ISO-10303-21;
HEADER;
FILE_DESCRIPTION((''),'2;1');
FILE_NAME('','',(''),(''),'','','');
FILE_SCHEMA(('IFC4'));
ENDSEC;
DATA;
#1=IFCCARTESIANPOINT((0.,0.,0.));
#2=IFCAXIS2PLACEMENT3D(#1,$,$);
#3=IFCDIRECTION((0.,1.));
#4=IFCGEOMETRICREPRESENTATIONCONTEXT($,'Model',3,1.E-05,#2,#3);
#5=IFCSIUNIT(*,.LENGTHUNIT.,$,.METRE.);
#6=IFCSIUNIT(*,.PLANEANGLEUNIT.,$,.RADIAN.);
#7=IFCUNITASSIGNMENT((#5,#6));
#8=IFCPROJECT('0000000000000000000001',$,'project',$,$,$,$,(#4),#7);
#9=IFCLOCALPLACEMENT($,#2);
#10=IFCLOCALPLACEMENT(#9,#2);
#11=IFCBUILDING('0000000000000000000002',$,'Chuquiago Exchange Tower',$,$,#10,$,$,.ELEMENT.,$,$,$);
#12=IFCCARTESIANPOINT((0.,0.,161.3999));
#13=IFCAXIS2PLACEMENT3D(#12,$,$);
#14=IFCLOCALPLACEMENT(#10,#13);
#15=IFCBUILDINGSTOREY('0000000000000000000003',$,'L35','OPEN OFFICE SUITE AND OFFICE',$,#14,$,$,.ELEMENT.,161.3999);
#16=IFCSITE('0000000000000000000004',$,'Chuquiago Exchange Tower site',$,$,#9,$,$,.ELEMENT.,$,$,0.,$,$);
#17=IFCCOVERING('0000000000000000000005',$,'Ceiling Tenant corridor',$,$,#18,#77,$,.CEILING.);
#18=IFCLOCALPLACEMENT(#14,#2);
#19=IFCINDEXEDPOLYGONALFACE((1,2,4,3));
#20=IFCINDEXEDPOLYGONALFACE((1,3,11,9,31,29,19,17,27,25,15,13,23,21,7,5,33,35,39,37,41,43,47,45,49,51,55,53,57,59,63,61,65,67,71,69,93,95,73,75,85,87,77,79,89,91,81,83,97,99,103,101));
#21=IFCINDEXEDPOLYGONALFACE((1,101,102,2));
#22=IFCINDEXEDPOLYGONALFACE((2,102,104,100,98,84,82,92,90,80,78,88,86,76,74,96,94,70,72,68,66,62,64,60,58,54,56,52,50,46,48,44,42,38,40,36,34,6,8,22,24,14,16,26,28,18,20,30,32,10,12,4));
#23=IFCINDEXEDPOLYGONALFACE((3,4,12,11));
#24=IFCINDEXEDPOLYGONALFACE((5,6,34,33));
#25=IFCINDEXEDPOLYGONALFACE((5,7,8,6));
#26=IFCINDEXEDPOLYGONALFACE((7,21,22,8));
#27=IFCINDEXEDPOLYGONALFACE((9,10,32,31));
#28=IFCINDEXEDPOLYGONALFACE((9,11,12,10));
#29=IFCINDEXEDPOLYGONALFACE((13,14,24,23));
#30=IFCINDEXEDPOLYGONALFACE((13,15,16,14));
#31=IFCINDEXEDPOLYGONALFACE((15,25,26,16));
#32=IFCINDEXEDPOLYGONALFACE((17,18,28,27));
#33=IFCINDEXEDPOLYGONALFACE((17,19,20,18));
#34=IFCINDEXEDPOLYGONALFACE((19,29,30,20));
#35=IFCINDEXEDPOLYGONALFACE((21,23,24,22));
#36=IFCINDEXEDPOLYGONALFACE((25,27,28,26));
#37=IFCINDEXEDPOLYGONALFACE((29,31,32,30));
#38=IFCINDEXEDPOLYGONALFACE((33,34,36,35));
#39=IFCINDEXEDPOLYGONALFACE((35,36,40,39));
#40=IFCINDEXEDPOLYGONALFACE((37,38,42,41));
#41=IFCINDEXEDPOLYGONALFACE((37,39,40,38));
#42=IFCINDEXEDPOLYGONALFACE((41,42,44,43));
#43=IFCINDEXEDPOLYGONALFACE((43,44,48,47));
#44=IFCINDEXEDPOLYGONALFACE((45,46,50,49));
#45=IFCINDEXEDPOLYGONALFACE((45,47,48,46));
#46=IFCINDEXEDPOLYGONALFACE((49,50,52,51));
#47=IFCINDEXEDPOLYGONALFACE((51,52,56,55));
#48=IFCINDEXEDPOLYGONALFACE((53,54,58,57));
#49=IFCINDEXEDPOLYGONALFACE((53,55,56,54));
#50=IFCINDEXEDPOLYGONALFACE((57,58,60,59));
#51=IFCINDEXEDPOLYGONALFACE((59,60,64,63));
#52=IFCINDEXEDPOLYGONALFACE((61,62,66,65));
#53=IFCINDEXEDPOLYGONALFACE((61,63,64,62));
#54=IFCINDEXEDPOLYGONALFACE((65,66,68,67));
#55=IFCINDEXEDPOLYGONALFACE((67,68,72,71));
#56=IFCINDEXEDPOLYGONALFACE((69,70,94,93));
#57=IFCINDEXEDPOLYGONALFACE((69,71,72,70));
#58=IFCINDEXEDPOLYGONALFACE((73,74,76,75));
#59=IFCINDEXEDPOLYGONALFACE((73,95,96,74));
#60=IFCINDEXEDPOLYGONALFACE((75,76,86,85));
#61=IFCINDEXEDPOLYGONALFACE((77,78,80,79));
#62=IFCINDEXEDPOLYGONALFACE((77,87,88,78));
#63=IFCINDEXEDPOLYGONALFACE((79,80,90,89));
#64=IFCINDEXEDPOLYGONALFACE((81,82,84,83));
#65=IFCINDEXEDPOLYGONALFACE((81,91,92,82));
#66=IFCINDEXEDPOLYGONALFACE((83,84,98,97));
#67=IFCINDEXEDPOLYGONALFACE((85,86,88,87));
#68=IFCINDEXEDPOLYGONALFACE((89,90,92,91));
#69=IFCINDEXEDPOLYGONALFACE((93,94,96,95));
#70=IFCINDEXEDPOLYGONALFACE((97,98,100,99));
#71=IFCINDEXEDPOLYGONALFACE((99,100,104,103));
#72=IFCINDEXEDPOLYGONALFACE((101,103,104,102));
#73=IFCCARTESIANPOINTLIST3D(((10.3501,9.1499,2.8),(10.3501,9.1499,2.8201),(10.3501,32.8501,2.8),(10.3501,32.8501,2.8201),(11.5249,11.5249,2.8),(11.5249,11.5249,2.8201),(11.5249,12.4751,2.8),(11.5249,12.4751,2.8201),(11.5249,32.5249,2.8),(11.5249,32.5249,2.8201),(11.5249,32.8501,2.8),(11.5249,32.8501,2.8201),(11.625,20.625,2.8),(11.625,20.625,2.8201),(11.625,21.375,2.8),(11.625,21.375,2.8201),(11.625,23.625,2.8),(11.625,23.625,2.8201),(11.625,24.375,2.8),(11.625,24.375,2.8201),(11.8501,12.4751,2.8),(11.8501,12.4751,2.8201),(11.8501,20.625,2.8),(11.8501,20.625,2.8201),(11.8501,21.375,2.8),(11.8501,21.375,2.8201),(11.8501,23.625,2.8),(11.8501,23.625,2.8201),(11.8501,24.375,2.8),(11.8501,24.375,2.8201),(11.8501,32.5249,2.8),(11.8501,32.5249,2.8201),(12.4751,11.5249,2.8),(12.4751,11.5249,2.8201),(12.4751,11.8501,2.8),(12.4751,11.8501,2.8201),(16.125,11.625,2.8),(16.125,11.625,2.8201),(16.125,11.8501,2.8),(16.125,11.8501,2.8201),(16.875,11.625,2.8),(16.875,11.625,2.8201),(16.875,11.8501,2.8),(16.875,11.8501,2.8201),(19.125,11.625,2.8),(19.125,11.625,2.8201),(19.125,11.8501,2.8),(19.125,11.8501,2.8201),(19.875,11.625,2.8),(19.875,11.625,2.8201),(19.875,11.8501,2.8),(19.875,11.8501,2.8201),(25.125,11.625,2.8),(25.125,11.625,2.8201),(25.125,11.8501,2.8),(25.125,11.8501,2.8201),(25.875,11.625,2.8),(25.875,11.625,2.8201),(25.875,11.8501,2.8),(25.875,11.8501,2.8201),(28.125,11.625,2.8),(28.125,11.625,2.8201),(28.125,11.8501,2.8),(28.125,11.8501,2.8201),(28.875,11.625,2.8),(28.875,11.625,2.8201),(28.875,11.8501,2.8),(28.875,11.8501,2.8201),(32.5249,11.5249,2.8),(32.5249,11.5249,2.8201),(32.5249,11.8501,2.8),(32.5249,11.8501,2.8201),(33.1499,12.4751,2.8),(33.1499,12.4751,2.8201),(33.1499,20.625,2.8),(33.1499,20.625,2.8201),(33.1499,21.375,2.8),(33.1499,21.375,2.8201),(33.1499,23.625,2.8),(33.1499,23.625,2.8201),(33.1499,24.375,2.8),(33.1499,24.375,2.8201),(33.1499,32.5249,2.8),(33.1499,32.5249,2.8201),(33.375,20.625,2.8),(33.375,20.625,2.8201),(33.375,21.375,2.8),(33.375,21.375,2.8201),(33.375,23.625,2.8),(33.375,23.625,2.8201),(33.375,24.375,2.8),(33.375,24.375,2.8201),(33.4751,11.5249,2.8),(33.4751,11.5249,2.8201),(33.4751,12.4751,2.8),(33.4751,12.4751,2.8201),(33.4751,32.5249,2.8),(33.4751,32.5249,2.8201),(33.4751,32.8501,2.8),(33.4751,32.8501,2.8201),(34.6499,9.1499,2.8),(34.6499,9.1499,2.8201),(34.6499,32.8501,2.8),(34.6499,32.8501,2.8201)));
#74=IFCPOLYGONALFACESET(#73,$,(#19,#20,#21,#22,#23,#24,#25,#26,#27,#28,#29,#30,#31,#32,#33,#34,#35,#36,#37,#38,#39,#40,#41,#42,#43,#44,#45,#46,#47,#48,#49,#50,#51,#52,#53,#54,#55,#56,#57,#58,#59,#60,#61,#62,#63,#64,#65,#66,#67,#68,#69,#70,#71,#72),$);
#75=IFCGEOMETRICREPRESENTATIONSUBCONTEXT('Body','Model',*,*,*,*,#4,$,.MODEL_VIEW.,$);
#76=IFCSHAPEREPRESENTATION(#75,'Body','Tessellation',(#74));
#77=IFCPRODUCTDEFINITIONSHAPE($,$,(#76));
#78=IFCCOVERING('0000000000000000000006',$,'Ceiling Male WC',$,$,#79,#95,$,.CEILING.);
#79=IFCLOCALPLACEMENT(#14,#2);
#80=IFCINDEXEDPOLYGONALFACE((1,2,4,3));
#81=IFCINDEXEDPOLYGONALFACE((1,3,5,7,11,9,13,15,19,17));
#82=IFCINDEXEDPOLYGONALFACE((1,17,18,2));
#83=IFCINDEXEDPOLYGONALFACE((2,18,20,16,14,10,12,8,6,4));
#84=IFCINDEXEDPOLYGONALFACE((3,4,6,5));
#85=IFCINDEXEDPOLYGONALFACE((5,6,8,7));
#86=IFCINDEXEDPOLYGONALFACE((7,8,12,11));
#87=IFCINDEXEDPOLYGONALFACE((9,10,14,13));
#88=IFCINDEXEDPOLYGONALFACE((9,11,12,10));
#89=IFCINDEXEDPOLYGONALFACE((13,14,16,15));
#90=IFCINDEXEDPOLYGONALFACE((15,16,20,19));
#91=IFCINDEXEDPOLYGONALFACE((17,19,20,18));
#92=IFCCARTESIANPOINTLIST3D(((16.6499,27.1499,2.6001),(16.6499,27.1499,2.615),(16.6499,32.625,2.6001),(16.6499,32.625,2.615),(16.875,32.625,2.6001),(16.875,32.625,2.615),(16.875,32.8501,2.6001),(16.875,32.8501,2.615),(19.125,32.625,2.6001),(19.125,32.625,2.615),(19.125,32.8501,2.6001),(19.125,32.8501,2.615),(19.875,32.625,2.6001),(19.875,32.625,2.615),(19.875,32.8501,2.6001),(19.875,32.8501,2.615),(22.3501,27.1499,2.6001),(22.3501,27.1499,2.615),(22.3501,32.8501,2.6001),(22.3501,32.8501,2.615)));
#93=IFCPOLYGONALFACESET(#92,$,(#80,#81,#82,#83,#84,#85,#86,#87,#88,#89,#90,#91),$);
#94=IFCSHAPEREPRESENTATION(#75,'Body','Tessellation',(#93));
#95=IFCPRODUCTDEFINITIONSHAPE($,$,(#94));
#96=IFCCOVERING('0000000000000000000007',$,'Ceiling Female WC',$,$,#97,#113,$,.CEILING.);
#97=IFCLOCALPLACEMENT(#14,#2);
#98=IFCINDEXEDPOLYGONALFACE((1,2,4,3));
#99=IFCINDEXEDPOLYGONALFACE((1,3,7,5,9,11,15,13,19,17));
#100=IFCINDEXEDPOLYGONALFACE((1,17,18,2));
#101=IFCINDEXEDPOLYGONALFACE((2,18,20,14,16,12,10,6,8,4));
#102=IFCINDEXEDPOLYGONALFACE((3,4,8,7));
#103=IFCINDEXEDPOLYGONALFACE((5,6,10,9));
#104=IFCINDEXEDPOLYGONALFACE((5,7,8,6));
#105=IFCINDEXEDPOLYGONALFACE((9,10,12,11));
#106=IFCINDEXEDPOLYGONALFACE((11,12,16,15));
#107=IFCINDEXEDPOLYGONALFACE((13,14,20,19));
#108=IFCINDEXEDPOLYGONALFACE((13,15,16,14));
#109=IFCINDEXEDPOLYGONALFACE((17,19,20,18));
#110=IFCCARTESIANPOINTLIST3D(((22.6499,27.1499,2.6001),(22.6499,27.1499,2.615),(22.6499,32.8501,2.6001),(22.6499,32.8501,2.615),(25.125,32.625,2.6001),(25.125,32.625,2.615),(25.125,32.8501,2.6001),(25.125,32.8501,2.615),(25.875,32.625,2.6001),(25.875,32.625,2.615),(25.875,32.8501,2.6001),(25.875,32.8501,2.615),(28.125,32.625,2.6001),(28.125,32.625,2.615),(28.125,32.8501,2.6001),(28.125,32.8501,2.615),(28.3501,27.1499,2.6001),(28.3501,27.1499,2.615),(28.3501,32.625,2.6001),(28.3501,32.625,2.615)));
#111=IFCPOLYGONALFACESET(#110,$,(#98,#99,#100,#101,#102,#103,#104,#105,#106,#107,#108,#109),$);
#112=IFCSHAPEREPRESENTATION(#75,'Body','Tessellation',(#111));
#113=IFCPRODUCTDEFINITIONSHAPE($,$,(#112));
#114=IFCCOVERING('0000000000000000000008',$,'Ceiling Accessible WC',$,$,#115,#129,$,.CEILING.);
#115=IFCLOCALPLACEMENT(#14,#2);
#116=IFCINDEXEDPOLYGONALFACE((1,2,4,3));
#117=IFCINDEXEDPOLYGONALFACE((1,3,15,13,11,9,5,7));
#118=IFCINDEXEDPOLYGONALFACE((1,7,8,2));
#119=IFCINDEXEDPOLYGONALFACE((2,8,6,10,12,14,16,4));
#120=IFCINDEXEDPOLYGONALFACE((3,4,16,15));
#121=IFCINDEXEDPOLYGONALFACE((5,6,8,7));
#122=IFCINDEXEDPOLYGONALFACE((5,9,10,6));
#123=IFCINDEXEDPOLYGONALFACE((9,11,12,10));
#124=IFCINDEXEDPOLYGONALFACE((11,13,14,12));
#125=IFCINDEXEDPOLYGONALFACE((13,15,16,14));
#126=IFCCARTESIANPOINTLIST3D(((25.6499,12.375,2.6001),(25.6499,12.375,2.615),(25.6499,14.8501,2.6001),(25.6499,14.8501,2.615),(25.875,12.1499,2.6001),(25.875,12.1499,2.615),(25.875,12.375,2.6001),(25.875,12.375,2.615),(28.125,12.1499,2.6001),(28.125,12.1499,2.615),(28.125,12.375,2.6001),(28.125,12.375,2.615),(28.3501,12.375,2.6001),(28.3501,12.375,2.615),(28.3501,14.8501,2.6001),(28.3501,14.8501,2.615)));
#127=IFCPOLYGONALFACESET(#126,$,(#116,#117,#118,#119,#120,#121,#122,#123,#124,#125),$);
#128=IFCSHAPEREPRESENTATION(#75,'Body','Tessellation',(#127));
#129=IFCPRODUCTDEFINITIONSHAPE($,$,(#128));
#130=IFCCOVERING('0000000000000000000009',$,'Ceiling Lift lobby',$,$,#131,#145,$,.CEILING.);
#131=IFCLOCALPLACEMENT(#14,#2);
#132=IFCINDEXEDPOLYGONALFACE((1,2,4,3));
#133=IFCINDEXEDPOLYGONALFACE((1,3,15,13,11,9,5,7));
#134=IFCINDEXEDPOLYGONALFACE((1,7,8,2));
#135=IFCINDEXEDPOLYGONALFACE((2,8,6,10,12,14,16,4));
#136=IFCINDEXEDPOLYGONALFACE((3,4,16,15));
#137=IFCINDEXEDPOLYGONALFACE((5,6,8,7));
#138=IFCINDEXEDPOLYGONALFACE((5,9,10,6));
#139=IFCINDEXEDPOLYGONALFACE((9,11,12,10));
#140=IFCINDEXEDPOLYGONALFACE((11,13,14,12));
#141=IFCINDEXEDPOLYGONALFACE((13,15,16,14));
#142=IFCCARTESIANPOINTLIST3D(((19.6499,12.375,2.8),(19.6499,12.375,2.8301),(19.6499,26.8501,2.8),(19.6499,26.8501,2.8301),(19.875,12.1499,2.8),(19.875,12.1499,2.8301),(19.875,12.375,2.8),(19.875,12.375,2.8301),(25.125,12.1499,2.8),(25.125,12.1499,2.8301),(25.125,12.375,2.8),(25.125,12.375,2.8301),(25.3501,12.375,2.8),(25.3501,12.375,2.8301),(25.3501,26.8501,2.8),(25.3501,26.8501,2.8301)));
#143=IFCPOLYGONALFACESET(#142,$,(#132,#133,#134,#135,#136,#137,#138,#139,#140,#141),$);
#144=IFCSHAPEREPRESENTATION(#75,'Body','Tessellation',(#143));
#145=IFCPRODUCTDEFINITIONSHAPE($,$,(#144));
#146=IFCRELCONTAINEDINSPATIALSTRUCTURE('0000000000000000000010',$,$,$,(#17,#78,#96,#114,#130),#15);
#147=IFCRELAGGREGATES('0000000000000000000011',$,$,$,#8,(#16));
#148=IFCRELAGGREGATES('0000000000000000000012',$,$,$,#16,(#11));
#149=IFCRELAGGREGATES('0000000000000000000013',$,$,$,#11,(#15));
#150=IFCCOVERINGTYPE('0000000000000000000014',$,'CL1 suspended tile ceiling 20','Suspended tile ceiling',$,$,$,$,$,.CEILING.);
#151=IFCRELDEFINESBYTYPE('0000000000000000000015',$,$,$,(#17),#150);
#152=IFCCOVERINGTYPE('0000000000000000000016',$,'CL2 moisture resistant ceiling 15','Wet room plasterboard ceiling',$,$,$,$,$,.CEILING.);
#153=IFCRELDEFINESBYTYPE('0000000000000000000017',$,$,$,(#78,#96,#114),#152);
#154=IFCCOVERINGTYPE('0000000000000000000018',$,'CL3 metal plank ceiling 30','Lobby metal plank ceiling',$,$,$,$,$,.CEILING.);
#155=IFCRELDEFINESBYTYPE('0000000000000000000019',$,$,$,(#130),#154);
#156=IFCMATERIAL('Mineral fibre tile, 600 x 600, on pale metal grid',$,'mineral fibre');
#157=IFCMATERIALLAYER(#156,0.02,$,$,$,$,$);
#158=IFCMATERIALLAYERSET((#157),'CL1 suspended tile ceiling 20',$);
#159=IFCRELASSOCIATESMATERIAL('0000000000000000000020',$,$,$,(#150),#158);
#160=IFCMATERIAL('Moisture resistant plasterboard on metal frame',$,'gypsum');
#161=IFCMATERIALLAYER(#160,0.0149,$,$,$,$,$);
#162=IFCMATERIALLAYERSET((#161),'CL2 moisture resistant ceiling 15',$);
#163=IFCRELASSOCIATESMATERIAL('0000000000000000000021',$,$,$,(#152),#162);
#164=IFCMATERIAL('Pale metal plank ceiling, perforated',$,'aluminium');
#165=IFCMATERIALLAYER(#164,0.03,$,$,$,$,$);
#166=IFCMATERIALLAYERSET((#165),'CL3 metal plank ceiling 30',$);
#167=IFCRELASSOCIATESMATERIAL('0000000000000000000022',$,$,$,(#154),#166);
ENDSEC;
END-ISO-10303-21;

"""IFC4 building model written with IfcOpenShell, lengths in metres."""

from ifc_helpers import new_model, si_unit, direction, frame, origin, place, context, subcontext, project, spatial, polyline, outline, extrude, material, layer, layer_set, type_object, element, save


model = new_model("IFC4")

# Units and contexts
model_context = context("Model", 3, precision=1e-05, world=origin(), true_north=direction((0.0, 1.0)))
body_context = subcontext(model_context, "Body", "Model", "MODEL_VIEW")
ifc_project = project(units=[si_unit("LENGTHUNIT", "METRE"), si_unit("PLANEANGLEUNIT", "RADIAN")], contexts=[model_context])

# Site, building, storey
site_placement = place(None, origin())
site = spatial("IfcSite", under=ifc_project, at=site_placement, Name="Chuquiago Exchange Tower site", CompositionType="ELEMENT", RefElevation=0.0)
building_placement = place(site_placement, origin())
building = spatial("IfcBuilding", under=site, at=building_placement, Name="Chuquiago Exchange Tower", CompositionType="ELEMENT")
storey_placement = place(building_placement, frame((0.0, 0.0, 161.3999)))
storey = spatial("IfcBuildingStorey", under=building, at=storey_placement, Name="L35", Description="OPEN OFFICE SUITE AND OFFICE", CompositionType="ELEMENT", Elevation=161.3999)

# Coverings
ifc_material_1 = material(Name="Mineral fibre tile, 600 x 600, on pale metal grid", Category="mineral fibre")
ifc_layer_1 = layer(ifc_material_1, 0.02)
ifc_layer_set_1 = layer_set([ifc_layer_1], Name="CL1 suspended tile ceiling 20")
covering_type_1 = type_object("IfcCoveringType", Name="CL1 suspended tile ceiling 20", Description="Suspended tile ceiling", PredefinedType="CEILING", material=ifc_layer_set_1)
covering_1_placement = place(storey_placement, frame((0.0, 0.0, 2.8)))
element("IfcCovering", 1, at=covering_1_placement, inside=storey, type_object=covering_type_1, Name="Ceiling Tenant corridor", PredefinedType="CEILING", context=body_context, shape_type="SweptSolid", body=[
    extrude(outline(polyline([(16.125, 11.8501), (16.125, 11.625), (16.875, 11.625), (16.875, 11.8501), (19.125, 11.8501), (19.125, 11.625), (19.875, 11.625), (19.875, 11.8501), (25.125, 11.8501), (25.125, 11.625), (25.875, 11.625), (25.875, 11.8501), (28.125, 11.8501), (28.125, 11.625), (28.875, 11.625), (28.875, 11.8501), (32.5249, 11.8501), (32.5249, 11.5249), (33.4751, 11.5249), (33.4751, 12.4751), (33.1499, 12.4751), (33.1499, 20.625), (33.375, 20.625), (33.375, 21.375), (33.1499, 21.375), (33.1499, 23.625), (33.375, 23.625), (33.375, 24.375), (33.1499, 24.375), (33.1499, 32.5249), (33.4751, 32.5249), (33.4751, 32.8501), (34.6499, 32.8501), (34.6499, 9.1499), (10.3501, 9.1499), (10.3501, 32.8501), (11.5249, 32.8501), (11.5249, 32.5249), (11.8501, 32.5249), (11.8501, 24.375), (11.625, 24.375), (11.625, 23.625), (11.8501, 23.625), (11.8501, 21.375), (11.625, 21.375), (11.625, 20.625), (11.8501, 20.625), (11.8501, 12.4751), (11.5249, 12.4751), (11.5249, 11.5249), (12.4751, 11.5249), (12.4751, 11.8501), (16.125, 11.8501)])), origin(), (0.0, 0.0, 1.0), 0.02),
])
ifc_material_2 = material(Name="Moisture resistant plasterboard on metal frame", Category="gypsum")
ifc_layer_2 = layer(ifc_material_2, 0.0149)
ifc_layer_set_2 = layer_set([ifc_layer_2], Name="CL2 moisture resistant ceiling 15")
covering_type_2 = type_object("IfcCoveringType", Name="CL2 moisture resistant ceiling 15", Description="Wet room plasterboard ceiling", PredefinedType="CEILING", material=ifc_layer_set_2)
covering_2_placement = place(storey_placement, frame((0.0, 0.0, 2.6001)))
element("IfcCovering", 2, at=covering_2_placement, inside=storey, type_object=covering_type_2, Name="Ceiling Male WC", PredefinedType="CEILING", context=body_context, shape_type="SweptSolid", body=[
    extrude(outline(polyline([(16.6499, 27.1499), (16.6499, 32.625), (16.875, 32.625), (16.875, 32.8501), (19.125, 32.8501), (19.125, 32.625), (19.875, 32.625), (19.875, 32.8501), (22.3501, 32.8501), (22.3501, 27.1499), (16.6499, 27.1499)])), origin(), (0.0, 0.0, 1.0), 0.0149),
])
covering_3_placement = place(storey_placement, frame((0.0, 0.0, 2.6001)))
element("IfcCovering", 3, at=covering_3_placement, inside=storey, type_object=covering_type_2, Name="Ceiling Female WC", PredefinedType="CEILING", context=body_context, shape_type="SweptSolid", body=[
    extrude(outline(polyline([(22.6499, 27.1499), (22.6499, 32.8501), (25.125, 32.8501), (25.125, 32.625), (25.875, 32.625), (25.875, 32.8501), (28.125, 32.8501), (28.125, 32.625), (28.3501, 32.625), (28.3501, 27.1499), (22.6499, 27.1499)])), origin(), (0.0, 0.0, 1.0), 0.0149),
])
covering_4_placement = place(storey_placement, frame((0.0, 0.0, 2.6001)))
element("IfcCovering", 4, at=covering_4_placement, inside=storey, type_object=covering_type_2, Name="Ceiling Accessible WC", PredefinedType="CEILING", context=body_context, shape_type="SweptSolid", body=[
    extrude(outline(polyline([(25.875, 12.1499), (25.875, 12.375), (25.6499, 12.375), (25.6499, 14.8501), (28.3501, 14.8501), (28.3501, 12.375), (28.125, 12.375), (28.125, 12.1499), (25.875, 12.1499)])), origin(), (0.0, 0.0, 1.0), 0.0149),
])
ifc_material_3 = material(Name="Pale metal plank ceiling, perforated", Category="aluminium")
ifc_layer_3 = layer(ifc_material_3, 0.03)
ifc_layer_set_3 = layer_set([ifc_layer_3], Name="CL3 metal plank ceiling 30")
covering_type_3 = type_object("IfcCoveringType", Name="CL3 metal plank ceiling 30", Description="Lobby metal plank ceiling", PredefinedType="CEILING", material=ifc_layer_set_3)
covering_5_placement = place(storey_placement, frame((0.0, 0.0, 2.8)))
element("IfcCovering", 5, at=covering_5_placement, inside=storey, type_object=covering_type_3, Name="Ceiling Lift lobby", PredefinedType="CEILING", context=body_context, shape_type="SweptSolid", body=[
    extrude(outline(polyline([(19.875, 12.1499), (19.875, 12.375), (19.6499, 12.375), (19.6499, 26.8501), (25.3501, 26.8501), (25.3501, 12.375), (25.125, 12.375), (25.125, 12.1499), (19.875, 12.1499)])), origin(), (0.0, 0.0, 1.0), 0.03),
])

save(model, "model.ifc")
